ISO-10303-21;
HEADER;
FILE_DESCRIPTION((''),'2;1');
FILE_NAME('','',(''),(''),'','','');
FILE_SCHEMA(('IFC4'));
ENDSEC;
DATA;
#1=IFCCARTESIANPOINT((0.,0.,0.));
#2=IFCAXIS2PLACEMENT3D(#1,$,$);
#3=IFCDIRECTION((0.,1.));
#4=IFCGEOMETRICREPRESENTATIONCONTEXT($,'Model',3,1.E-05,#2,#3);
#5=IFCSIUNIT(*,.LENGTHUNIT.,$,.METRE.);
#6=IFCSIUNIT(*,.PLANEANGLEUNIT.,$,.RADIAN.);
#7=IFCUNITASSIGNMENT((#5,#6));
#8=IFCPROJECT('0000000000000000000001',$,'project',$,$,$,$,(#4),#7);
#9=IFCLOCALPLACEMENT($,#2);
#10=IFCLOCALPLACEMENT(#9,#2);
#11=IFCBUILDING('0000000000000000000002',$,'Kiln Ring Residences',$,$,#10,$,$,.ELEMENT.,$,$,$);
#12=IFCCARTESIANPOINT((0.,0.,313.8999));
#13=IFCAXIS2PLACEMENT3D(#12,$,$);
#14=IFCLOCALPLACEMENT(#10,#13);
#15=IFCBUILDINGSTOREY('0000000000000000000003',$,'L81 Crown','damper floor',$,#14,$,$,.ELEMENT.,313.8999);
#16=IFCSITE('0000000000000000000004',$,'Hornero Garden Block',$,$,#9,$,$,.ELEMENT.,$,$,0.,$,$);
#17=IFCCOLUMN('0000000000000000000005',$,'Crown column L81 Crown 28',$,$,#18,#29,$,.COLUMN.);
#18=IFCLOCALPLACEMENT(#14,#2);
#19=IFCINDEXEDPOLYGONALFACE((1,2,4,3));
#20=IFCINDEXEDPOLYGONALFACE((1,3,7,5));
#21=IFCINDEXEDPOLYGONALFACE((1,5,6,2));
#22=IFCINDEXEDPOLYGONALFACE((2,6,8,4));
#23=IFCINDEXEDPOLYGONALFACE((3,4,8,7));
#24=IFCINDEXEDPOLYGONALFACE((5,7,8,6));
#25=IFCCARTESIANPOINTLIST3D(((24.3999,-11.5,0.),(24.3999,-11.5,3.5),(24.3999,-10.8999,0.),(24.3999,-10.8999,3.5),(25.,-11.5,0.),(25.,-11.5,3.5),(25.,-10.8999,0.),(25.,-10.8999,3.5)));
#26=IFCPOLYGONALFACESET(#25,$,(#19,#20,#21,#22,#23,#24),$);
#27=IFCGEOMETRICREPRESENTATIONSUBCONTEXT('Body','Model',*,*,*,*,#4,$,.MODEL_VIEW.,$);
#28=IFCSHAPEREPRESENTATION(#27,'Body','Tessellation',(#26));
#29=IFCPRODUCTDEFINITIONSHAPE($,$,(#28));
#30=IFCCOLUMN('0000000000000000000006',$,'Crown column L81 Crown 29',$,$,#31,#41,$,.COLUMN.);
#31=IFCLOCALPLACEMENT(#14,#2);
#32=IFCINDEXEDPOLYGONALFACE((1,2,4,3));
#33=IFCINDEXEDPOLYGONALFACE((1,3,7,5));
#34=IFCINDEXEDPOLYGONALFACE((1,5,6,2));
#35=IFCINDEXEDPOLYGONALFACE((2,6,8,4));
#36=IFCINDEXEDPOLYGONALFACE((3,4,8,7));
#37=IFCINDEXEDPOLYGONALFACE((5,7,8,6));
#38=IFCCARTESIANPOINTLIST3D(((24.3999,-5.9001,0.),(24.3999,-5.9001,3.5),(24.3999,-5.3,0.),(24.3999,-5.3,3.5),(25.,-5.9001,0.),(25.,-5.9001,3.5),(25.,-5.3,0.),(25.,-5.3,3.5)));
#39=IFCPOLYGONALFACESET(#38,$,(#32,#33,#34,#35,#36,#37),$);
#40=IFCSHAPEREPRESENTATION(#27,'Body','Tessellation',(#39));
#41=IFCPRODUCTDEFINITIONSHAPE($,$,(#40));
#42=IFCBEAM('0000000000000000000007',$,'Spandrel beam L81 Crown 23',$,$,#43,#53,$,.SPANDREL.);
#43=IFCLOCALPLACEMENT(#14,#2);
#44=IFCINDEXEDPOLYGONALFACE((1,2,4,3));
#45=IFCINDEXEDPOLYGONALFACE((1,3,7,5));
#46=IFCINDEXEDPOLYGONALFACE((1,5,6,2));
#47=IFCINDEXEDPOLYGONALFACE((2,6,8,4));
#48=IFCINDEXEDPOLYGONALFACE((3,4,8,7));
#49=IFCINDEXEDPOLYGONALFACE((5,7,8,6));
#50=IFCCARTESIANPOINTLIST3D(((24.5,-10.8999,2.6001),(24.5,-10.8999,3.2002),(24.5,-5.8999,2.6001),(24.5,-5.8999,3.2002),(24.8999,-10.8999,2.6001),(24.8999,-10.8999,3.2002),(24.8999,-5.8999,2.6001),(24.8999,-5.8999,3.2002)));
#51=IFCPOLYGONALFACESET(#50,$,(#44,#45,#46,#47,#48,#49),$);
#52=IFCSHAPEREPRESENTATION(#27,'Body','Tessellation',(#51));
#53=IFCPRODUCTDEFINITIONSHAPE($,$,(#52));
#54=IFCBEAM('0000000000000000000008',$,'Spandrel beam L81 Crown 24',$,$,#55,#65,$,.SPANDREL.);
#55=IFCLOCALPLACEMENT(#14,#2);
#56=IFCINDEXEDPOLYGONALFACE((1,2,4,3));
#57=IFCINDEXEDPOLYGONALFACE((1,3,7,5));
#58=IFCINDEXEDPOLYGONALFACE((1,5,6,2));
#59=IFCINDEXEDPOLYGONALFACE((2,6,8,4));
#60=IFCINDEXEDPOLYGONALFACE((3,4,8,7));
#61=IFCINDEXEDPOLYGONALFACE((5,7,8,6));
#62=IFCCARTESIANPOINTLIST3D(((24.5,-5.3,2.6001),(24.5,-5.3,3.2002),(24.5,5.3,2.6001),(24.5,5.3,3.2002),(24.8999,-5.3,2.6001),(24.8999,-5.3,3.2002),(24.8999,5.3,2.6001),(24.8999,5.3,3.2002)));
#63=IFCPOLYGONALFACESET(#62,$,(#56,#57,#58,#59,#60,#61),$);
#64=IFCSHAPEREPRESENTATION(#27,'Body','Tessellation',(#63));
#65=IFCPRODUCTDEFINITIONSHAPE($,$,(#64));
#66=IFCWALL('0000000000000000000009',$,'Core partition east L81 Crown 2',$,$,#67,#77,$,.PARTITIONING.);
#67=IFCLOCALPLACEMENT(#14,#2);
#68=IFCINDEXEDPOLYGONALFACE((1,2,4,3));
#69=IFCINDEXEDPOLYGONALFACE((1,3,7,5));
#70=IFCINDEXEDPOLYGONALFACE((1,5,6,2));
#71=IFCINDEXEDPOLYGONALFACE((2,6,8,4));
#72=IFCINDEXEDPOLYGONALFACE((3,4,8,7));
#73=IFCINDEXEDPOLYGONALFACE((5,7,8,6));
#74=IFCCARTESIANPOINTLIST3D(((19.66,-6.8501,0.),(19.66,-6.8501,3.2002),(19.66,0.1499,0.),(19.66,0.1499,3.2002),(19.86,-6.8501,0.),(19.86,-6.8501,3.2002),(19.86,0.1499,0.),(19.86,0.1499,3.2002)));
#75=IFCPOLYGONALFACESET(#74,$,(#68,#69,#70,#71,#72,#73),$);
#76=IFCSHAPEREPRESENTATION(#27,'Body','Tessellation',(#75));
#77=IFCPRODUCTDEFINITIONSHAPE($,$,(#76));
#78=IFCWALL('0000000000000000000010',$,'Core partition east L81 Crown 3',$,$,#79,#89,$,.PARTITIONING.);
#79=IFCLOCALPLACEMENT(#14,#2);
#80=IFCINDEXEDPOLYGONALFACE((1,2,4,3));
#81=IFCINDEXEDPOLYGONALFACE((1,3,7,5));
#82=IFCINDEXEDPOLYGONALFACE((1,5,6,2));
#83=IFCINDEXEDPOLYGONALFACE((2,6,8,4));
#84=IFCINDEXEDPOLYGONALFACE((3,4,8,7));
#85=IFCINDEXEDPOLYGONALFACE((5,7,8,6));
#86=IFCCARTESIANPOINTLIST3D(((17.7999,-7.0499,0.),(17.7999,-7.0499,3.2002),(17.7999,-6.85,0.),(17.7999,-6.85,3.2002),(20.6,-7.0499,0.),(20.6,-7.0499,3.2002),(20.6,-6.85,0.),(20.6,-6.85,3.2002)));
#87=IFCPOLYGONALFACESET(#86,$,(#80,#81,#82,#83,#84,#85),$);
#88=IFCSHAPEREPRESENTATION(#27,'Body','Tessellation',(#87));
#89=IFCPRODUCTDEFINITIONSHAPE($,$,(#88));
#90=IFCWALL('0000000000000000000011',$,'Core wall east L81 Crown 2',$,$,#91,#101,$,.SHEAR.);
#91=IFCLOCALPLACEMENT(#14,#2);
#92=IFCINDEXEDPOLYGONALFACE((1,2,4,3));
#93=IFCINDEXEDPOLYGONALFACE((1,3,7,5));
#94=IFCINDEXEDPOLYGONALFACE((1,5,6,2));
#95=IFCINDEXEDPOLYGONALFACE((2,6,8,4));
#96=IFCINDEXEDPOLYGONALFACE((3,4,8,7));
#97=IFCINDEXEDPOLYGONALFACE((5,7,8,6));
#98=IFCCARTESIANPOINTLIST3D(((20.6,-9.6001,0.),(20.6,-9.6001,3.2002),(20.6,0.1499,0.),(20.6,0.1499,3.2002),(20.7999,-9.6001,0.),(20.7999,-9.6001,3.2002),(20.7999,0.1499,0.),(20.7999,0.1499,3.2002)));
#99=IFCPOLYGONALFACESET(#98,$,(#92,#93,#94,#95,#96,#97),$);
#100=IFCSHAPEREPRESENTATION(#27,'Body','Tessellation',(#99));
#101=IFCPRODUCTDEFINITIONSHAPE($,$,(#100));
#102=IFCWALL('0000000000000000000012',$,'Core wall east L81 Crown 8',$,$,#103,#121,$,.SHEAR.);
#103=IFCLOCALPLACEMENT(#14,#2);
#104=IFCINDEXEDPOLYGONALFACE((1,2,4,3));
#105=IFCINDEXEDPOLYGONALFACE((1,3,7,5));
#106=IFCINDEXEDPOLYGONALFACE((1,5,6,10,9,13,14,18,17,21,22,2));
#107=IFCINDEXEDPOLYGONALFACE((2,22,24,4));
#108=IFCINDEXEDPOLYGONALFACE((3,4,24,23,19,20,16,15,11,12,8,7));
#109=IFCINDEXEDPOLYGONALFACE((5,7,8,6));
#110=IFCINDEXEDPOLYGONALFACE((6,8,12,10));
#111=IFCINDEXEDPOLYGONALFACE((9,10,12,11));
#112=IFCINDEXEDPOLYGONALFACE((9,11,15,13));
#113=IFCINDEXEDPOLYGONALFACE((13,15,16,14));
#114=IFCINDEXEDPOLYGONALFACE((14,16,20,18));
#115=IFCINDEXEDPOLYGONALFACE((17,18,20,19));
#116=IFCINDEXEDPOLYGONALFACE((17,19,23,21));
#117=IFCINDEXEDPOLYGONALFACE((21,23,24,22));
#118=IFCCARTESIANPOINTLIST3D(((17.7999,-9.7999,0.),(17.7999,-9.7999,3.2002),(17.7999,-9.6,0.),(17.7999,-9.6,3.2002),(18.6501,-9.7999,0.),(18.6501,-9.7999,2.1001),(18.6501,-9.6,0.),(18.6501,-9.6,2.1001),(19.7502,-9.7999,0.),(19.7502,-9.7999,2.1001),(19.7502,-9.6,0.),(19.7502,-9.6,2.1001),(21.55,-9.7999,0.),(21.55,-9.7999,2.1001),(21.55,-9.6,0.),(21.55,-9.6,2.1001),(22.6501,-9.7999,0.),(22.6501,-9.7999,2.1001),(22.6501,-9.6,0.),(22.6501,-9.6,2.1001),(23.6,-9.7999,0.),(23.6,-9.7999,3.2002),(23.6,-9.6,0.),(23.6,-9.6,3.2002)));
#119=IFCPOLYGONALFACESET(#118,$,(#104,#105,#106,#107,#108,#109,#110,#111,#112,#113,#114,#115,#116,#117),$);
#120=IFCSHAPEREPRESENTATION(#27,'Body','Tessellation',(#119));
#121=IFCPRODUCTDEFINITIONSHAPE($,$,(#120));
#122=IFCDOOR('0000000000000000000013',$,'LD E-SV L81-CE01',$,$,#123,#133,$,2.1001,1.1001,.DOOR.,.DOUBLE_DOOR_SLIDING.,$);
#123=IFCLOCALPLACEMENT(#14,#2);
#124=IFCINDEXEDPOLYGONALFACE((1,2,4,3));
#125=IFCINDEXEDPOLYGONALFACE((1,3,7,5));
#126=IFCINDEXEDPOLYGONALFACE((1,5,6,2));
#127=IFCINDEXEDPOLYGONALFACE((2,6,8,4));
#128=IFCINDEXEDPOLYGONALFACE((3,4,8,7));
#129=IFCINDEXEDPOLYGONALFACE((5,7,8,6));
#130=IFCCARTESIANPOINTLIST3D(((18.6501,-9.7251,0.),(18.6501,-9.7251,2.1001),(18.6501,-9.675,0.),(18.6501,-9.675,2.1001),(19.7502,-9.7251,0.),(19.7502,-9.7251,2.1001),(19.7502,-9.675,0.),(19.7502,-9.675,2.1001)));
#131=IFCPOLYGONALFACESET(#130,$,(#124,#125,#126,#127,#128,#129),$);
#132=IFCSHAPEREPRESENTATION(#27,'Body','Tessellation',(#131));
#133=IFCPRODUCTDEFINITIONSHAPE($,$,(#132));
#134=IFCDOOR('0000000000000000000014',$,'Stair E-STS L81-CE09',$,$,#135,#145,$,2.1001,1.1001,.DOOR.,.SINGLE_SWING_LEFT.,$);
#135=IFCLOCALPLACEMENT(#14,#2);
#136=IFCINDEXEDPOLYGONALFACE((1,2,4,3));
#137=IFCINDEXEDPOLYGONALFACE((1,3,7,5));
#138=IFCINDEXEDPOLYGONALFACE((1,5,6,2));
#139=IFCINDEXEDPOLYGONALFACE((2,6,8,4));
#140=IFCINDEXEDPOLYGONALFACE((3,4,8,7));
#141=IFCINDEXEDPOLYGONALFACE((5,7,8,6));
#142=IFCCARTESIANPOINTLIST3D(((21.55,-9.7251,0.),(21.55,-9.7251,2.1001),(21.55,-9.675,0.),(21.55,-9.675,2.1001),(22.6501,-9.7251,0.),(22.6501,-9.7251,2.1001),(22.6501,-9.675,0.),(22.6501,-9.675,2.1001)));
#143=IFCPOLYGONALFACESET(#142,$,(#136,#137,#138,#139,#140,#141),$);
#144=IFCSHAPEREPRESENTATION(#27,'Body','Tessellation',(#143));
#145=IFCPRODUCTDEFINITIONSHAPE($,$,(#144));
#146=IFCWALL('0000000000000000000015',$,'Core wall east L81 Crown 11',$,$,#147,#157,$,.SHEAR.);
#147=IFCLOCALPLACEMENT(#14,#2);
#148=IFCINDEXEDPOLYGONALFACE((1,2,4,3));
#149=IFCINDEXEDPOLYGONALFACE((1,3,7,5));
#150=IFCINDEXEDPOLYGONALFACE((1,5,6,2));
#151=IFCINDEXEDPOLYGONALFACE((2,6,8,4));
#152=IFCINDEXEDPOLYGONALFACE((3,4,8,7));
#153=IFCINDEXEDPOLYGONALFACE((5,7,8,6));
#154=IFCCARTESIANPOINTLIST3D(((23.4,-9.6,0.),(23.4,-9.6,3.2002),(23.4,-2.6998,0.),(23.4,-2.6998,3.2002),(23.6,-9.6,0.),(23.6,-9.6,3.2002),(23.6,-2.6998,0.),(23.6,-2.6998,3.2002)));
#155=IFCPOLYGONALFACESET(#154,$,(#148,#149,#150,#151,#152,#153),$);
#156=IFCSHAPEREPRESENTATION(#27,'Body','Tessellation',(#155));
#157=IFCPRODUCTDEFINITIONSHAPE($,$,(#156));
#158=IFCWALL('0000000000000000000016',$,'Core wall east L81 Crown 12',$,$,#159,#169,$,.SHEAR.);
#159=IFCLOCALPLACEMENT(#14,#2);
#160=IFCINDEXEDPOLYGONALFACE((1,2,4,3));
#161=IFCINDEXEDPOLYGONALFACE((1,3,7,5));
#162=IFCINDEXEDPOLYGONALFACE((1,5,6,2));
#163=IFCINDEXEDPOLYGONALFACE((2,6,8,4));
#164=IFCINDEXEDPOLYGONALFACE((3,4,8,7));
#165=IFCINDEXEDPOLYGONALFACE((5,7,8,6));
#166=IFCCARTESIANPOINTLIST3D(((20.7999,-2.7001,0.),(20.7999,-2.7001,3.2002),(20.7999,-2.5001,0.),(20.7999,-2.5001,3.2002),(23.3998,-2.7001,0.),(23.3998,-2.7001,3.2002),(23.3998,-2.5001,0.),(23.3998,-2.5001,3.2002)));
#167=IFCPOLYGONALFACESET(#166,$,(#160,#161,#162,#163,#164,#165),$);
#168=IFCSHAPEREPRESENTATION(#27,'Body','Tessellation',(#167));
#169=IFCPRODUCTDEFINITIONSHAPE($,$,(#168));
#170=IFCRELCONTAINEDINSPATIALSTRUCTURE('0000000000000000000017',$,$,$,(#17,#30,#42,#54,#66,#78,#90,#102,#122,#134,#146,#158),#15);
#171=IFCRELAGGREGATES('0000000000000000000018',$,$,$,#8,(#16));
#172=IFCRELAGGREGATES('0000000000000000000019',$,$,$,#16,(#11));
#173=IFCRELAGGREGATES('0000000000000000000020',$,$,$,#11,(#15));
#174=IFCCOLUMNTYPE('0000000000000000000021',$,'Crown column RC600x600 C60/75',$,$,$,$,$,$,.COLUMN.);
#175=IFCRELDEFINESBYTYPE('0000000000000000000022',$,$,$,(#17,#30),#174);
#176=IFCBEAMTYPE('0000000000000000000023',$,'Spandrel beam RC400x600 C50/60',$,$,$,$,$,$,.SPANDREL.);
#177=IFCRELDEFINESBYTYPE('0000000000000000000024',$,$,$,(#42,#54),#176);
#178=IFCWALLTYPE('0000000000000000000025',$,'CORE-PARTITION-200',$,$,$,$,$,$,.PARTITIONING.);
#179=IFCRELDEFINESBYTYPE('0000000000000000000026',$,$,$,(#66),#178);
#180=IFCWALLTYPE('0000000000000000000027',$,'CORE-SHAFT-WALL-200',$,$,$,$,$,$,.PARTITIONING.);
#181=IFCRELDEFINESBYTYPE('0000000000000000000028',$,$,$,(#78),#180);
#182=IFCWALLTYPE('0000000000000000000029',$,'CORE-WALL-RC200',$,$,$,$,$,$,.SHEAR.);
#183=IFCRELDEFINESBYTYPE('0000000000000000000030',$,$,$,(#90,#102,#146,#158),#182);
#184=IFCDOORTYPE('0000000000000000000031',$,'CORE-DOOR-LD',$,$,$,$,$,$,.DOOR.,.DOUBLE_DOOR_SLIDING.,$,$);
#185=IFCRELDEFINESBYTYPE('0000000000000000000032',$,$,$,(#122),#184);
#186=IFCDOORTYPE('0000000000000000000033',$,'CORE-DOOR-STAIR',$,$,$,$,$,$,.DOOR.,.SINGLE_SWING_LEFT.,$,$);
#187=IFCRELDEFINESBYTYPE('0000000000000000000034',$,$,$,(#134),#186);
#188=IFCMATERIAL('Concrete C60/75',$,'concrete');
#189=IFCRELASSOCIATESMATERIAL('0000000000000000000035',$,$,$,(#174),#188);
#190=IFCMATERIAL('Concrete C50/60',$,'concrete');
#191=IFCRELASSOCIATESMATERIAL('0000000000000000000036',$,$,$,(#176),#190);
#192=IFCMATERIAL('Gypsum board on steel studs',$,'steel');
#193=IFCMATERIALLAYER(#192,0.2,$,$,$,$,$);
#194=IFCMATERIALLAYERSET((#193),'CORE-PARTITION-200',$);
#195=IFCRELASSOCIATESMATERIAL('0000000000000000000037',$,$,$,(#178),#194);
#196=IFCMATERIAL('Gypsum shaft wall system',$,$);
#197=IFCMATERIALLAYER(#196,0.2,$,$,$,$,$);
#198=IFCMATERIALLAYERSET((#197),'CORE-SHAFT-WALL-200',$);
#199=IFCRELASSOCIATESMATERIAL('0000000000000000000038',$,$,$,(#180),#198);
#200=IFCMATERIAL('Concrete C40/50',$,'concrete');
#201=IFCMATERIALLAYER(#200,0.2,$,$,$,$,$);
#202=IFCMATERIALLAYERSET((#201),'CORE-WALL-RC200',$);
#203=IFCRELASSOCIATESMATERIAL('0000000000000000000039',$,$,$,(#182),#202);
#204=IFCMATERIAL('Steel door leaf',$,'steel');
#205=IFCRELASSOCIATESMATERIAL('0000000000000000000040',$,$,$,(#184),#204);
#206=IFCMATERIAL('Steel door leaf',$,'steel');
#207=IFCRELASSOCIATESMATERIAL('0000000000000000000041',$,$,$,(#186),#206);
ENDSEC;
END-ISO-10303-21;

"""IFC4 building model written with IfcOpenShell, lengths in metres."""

from ifc_helpers import new_model, si_unit, direction, frame, frame_2d, origin, origin_2d, place, context, subcontext, project, spatial, rectangle, extrude, material, layer, layer_set, material_profile, profile_set, type_object, element, fill, save


model = new_model("IFC4")

# Units and contexts
model_context = context("Model", 3, precision=1e-05, world=origin(), true_north=direction((0.0, 1.0)))
body_context = subcontext(model_context, "Body", "Model", "MODEL_VIEW")
ifc_project = project(units=[si_unit("LENGTHUNIT", "METRE"), si_unit("PLANEANGLEUNIT", "RADIAN")], contexts=[model_context])

# Site, building, storey
site_placement = place(None, origin())
site = spatial("IfcSite", under=ifc_project, at=site_placement, Name="Hornero Garden Block", CompositionType="ELEMENT", RefElevation=0.0)
building_placement = place(site_placement, origin())
building = spatial("IfcBuilding", under=site, at=building_placement, Name="Kiln Ring Residences", CompositionType="ELEMENT")
storey_placement = place(building_placement, frame((0.0, 0.0, 313.8999)))
storey = spatial("IfcBuildingStorey", under=building, at=storey_placement, Name="L81 Crown", Description="damper floor", CompositionType="ELEMENT", Elevation=313.8999)

# Columns
ifc_material_1 = material(Name="Concrete C60/75", Category="concrete")
ifc_material_profile_1 = material_profile(ifc_material_1, rectangle(XDim=0.6001, YDim=0.6001, at=origin_2d()), Name="RC600x600")
ifc_profile_set_1 = profile_set([ifc_material_profile_1], Name="Concrete C60/75")
column_type = type_object("IfcColumnType", Name="Crown column RC600x600 C60/75", PredefinedType="COLUMN", material=ifc_profile_set_1)
for number, where, z_axis, x_axis, name in (
    (1, (24.7, -11.2, 0.0), (0.0, 0.0, 1.0), (1.0, 0.0, 0.0), "Crown column L81 Crown 28"),
    (2, (24.7, -5.6001, 0.0), (0.0, 0.0, 1.0), (1.0, 0.0, 0.0), "Crown column L81 Crown 29"),
):
    element("IfcColumn", number, at=place(storey_placement, frame(where, z_axis=z_axis, x_axis=x_axis)), inside=storey, type_object=column_type, Name=name, PredefinedType="COLUMN", context=body_context, shape_type="SweptSolid", body=[
        extrude(rectangle(XDim=0.6001, YDim=0.6001, at=origin_2d()), origin(), (0.0, 0.0, 1.0), 3.5),
    ])

# Beams
ifc_material_2 = material(Name="Concrete C50/60", Category="concrete")
ifc_material_profile_2 = material_profile(ifc_material_2, rectangle(XDim=0.3999, YDim=0.6001, at=origin_2d()), Name="RC400x600")
ifc_profile_set_2 = profile_set([ifc_material_profile_2], Name="Concrete C50/60")
beam_type = type_object("IfcBeamType", Name="Spandrel beam RC400x600 C50/60", PredefinedType="SPANDREL", material=ifc_profile_set_2)
beam_1_placement = place(storey_placement, frame((24.7, -10.8999, 2.9001), z_axis=(0.0, 1.0, 0.0), x_axis=(-1.0, 0.0, 0.0)))
element("IfcBeam", 3, at=beam_1_placement, inside=storey, type_object=beam_type, Name="Spandrel beam L81 Crown 23", PredefinedType="SPANDREL", context=body_context, shape_type="SweptSolid", body=[
    extrude(rectangle(XDim=0.3999, YDim=0.6001, at=origin_2d()), origin(), (0.0, 0.0, 1.0), 5.0),
])
beam_2_placement = place(storey_placement, frame((24.7, -5.3, 2.9001), z_axis=(0.0, 1.0, 0.0), x_axis=(-1.0, 0.0, 0.0)))
element("IfcBeam", 4, at=beam_2_placement, inside=storey, type_object=beam_type, Name="Spandrel beam L81 Crown 24", PredefinedType="SPANDREL", context=body_context, shape_type="SweptSolid", body=[
    extrude(rectangle(XDim=0.3999, YDim=0.6001, at=origin_2d()), origin(), (0.0, 0.0, 1.0), 10.6001),
])

# Walls
ifc_material_3 = material(Name="Gypsum board on steel studs", Category="steel")
ifc_layer_1 = layer(ifc_material_3, 0.2)
ifc_layer_set_1 = layer_set([ifc_layer_1], Name="CORE-PARTITION-200")
wall_type_1 = type_object("IfcWallType", Name="CORE-PARTITION-200", PredefinedType="PARTITIONING", material=ifc_layer_set_1)
wall_1_placement = place(storey_placement, frame((19.76, -6.8501, 0.0), z_axis=(0.0, 0.0, 1.0), x_axis=(0.0, 1.0, 0.0)))
element("IfcWall", 5, at=wall_1_placement, inside=storey, type_object=wall_type_1, Name="Core partition east L81 Crown 2", PredefinedType="PARTITIONING", context=body_context, shape_type="SweptSolid", body=[
    extrude(rectangle(XDim=7.0, YDim=0.2, at=frame_2d((3.5, 0.0))), origin(), (0.0, 0.0, 1.0), 3.2002),
])
ifc_material_4 = material(Name="Gypsum shaft wall system")
ifc_layer_2 = layer(ifc_material_4, 0.2)
ifc_layer_set_2 = layer_set([ifc_layer_2], Name="CORE-SHAFT-WALL-200")
wall_type_2 = type_object("IfcWallType", Name="CORE-SHAFT-WALL-200", PredefinedType="PARTITIONING", material=ifc_layer_set_2)
wall_2_placement = place(storey_placement, frame((17.8, -6.95, 0.0), z_axis=(0.0, 0.0, 1.0), x_axis=(1.0, 0.0, 0.0)))
element("IfcWall", 6, at=wall_2_placement, inside=storey, type_object=wall_type_2, Name="Core partition east L81 Crown 3", PredefinedType="PARTITIONING", context=body_context, shape_type="SweptSolid", body=[
    extrude(rectangle(XDim=2.8, YDim=0.2, at=frame_2d((1.3999, 0.0))), origin(), (0.0, 0.0, 1.0), 3.2002),
])
ifc_material_5 = material(Name="Concrete C40/50", Category="concrete")
ifc_layer_3 = layer(ifc_material_5, 0.2)
ifc_layer_set_3 = layer_set([ifc_layer_3], Name="CORE-WALL-RC200")
wall_type_3 = type_object("IfcWallType", Name="CORE-WALL-RC200", PredefinedType="SHEAR", material=ifc_layer_set_3)
wall_3_placement = place(storey_placement, frame((20.7, -9.6001, 0.0), z_axis=(0.0, 0.0, 1.0), x_axis=(0.0, 1.0, 0.0)))
element("IfcWall", 7, at=wall_3_placement, inside=storey, type_object=wall_type_3, Name="Core wall east L81 Crown 2", PredefinedType="SHEAR", context=body_context, shape_type="SweptSolid", body=[
    extrude(rectangle(XDim=9.75, YDim=0.2, at=frame_2d((4.875, 0.0))), origin(), (0.0, 0.0, 1.0), 3.2002),
])

# Wall, openings, doors
wall_4_placement = place(storey_placement, frame((17.8, -9.7, 0.0), z_axis=(0.0, 0.0, 1.0), x_axis=(1.0, 0.0, 0.0)))
wall_4 = element("IfcWall", 8, at=wall_4_placement, inside=storey, type_object=wall_type_3, Name="Core wall east L81 Crown 8", PredefinedType="SHEAR", context=body_context, shape_type="SweptSolid", body=[
    extrude(rectangle(XDim=5.8, YDim=0.2, at=frame_2d((2.8999, 0.0))), origin(), (0.0, 0.0, 1.0), 3.2002),
])
opening_1_placement = place(wall_4_placement, frame((0.8501, 0.0, 0.0)))
opening_1 = element("IfcOpeningElement", 9, at=opening_1_placement, cuts=wall_4, PredefinedType="OPENING", context=body_context, shape_type="SweptSolid", body=[
    extrude(rectangle(XDim=1.1001, YDim=2.1001, at=frame_2d((0.55, 1.05))), frame((0.0, 0.1099, 0.0), z_axis=(0.0, -1.0, 0.0), x_axis=(1.0, 0.0, 0.0)), (0.0, 0.0, 1.0), 0.22),
])
opening_2_placement = place(wall_4_placement, frame((3.75, 0.0, 0.0)))
opening_2 = element("IfcOpeningElement", 10, at=opening_2_placement, cuts=wall_4, PredefinedType="OPENING", context=body_context, shape_type="SweptSolid", body=[
    extrude(rectangle(XDim=1.1001, YDim=2.1001, at=frame_2d((0.55, 1.05))), frame((0.0, 0.1099, 0.0), z_axis=(0.0, -1.0, 0.0), x_axis=(1.0, 0.0, 0.0)), (0.0, 0.0, 1.0), 0.22),
])
ifc_material_6 = material(Name="Steel door leaf", Category="steel")
door_type_1 = type_object("IfcDoorType", Name="CORE-DOOR-LD", OperationType="DOUBLE_DOOR_SLIDING", PredefinedType="DOOR", material=ifc_material_6)
door_1_placement = place(opening_1_placement, origin())
door_1 = element("IfcDoor", 11, at=door_1_placement, inside=storey, type_object=door_type_1, Name="LD E-SV L81-CE01", OperationType="DOUBLE_DOOR_SLIDING", OverallHeight=2.1001, OverallWidth=1.1001, PredefinedType="DOOR", context=body_context, shape_type="SweptSolid", body=[
    extrude(rectangle(XDim=1.1001, YDim=2.1001, at=frame_2d((0.55, 1.05))), frame((0.0, 0.0249, 0.0), z_axis=(0.0, -1.0, 0.0), x_axis=(1.0, 0.0, 0.0)), (0.0, 0.0, 1.0), 0.05),
])
fill(opening_1, door_1)
ifc_material_7 = material(Name="Steel door leaf", Category="steel")
door_type_2 = type_object("IfcDoorType", Name="CORE-DOOR-STAIR", OperationType="SINGLE_SWING_LEFT", PredefinedType="DOOR", material=ifc_material_7)
door_2_placement = place(opening_2_placement, origin())
door_2 = element("IfcDoor", 12, at=door_2_placement, inside=storey, type_object=door_type_2, Name="Stair E-STS L81-CE09", OperationType="SINGLE_SWING_LEFT", OverallHeight=2.1001, OverallWidth=1.1001, PredefinedType="DOOR", context=body_context, shape_type="SweptSolid", body=[
    extrude(rectangle(XDim=1.1001, YDim=2.1001, at=frame_2d((0.55, 1.05))), frame((0.0, 0.0249, 0.0), z_axis=(0.0, -1.0, 0.0), x_axis=(1.0, 0.0, 0.0)), (0.0, 0.0, 1.0), 0.05),
])
fill(opening_2, door_2)

# Walls
wall_5_placement = place(storey_placement, frame((23.5, -9.6001, 0.0), z_axis=(0.0, 0.0, 1.0), x_axis=(0.0, 1.0, 0.0)))
element("IfcWall", 13, at=wall_5_placement, inside=storey, type_object=wall_type_3, Name="Core wall east L81 Crown 11", PredefinedType="SHEAR", context=body_context, shape_type="SweptSolid", body=[
    extrude(rectangle(XDim=6.9001, YDim=0.2, at=frame_2d((3.4502, 0.0))), origin(), (0.0, 0.0, 1.0), 3.2002),
])
wall_6_placement = place(storey_placement, frame((20.8, -2.6001, 0.0), z_axis=(0.0, 0.0, 1.0), x_axis=(1.0, 0.0, 0.0)))
element("IfcWall", 14, at=wall_6_placement, inside=storey, type_object=wall_type_3, Name="Core wall east L81 Crown 12", PredefinedType="SHEAR", context=body_context, shape_type="SweptSolid", body=[
    extrude(rectangle(XDim=2.5999, YDim=0.2, at=frame_2d((1.2998, 0.0))), origin(), (0.0, 0.0, 1.0), 3.2002),
])

save(model, "model.ifc")
